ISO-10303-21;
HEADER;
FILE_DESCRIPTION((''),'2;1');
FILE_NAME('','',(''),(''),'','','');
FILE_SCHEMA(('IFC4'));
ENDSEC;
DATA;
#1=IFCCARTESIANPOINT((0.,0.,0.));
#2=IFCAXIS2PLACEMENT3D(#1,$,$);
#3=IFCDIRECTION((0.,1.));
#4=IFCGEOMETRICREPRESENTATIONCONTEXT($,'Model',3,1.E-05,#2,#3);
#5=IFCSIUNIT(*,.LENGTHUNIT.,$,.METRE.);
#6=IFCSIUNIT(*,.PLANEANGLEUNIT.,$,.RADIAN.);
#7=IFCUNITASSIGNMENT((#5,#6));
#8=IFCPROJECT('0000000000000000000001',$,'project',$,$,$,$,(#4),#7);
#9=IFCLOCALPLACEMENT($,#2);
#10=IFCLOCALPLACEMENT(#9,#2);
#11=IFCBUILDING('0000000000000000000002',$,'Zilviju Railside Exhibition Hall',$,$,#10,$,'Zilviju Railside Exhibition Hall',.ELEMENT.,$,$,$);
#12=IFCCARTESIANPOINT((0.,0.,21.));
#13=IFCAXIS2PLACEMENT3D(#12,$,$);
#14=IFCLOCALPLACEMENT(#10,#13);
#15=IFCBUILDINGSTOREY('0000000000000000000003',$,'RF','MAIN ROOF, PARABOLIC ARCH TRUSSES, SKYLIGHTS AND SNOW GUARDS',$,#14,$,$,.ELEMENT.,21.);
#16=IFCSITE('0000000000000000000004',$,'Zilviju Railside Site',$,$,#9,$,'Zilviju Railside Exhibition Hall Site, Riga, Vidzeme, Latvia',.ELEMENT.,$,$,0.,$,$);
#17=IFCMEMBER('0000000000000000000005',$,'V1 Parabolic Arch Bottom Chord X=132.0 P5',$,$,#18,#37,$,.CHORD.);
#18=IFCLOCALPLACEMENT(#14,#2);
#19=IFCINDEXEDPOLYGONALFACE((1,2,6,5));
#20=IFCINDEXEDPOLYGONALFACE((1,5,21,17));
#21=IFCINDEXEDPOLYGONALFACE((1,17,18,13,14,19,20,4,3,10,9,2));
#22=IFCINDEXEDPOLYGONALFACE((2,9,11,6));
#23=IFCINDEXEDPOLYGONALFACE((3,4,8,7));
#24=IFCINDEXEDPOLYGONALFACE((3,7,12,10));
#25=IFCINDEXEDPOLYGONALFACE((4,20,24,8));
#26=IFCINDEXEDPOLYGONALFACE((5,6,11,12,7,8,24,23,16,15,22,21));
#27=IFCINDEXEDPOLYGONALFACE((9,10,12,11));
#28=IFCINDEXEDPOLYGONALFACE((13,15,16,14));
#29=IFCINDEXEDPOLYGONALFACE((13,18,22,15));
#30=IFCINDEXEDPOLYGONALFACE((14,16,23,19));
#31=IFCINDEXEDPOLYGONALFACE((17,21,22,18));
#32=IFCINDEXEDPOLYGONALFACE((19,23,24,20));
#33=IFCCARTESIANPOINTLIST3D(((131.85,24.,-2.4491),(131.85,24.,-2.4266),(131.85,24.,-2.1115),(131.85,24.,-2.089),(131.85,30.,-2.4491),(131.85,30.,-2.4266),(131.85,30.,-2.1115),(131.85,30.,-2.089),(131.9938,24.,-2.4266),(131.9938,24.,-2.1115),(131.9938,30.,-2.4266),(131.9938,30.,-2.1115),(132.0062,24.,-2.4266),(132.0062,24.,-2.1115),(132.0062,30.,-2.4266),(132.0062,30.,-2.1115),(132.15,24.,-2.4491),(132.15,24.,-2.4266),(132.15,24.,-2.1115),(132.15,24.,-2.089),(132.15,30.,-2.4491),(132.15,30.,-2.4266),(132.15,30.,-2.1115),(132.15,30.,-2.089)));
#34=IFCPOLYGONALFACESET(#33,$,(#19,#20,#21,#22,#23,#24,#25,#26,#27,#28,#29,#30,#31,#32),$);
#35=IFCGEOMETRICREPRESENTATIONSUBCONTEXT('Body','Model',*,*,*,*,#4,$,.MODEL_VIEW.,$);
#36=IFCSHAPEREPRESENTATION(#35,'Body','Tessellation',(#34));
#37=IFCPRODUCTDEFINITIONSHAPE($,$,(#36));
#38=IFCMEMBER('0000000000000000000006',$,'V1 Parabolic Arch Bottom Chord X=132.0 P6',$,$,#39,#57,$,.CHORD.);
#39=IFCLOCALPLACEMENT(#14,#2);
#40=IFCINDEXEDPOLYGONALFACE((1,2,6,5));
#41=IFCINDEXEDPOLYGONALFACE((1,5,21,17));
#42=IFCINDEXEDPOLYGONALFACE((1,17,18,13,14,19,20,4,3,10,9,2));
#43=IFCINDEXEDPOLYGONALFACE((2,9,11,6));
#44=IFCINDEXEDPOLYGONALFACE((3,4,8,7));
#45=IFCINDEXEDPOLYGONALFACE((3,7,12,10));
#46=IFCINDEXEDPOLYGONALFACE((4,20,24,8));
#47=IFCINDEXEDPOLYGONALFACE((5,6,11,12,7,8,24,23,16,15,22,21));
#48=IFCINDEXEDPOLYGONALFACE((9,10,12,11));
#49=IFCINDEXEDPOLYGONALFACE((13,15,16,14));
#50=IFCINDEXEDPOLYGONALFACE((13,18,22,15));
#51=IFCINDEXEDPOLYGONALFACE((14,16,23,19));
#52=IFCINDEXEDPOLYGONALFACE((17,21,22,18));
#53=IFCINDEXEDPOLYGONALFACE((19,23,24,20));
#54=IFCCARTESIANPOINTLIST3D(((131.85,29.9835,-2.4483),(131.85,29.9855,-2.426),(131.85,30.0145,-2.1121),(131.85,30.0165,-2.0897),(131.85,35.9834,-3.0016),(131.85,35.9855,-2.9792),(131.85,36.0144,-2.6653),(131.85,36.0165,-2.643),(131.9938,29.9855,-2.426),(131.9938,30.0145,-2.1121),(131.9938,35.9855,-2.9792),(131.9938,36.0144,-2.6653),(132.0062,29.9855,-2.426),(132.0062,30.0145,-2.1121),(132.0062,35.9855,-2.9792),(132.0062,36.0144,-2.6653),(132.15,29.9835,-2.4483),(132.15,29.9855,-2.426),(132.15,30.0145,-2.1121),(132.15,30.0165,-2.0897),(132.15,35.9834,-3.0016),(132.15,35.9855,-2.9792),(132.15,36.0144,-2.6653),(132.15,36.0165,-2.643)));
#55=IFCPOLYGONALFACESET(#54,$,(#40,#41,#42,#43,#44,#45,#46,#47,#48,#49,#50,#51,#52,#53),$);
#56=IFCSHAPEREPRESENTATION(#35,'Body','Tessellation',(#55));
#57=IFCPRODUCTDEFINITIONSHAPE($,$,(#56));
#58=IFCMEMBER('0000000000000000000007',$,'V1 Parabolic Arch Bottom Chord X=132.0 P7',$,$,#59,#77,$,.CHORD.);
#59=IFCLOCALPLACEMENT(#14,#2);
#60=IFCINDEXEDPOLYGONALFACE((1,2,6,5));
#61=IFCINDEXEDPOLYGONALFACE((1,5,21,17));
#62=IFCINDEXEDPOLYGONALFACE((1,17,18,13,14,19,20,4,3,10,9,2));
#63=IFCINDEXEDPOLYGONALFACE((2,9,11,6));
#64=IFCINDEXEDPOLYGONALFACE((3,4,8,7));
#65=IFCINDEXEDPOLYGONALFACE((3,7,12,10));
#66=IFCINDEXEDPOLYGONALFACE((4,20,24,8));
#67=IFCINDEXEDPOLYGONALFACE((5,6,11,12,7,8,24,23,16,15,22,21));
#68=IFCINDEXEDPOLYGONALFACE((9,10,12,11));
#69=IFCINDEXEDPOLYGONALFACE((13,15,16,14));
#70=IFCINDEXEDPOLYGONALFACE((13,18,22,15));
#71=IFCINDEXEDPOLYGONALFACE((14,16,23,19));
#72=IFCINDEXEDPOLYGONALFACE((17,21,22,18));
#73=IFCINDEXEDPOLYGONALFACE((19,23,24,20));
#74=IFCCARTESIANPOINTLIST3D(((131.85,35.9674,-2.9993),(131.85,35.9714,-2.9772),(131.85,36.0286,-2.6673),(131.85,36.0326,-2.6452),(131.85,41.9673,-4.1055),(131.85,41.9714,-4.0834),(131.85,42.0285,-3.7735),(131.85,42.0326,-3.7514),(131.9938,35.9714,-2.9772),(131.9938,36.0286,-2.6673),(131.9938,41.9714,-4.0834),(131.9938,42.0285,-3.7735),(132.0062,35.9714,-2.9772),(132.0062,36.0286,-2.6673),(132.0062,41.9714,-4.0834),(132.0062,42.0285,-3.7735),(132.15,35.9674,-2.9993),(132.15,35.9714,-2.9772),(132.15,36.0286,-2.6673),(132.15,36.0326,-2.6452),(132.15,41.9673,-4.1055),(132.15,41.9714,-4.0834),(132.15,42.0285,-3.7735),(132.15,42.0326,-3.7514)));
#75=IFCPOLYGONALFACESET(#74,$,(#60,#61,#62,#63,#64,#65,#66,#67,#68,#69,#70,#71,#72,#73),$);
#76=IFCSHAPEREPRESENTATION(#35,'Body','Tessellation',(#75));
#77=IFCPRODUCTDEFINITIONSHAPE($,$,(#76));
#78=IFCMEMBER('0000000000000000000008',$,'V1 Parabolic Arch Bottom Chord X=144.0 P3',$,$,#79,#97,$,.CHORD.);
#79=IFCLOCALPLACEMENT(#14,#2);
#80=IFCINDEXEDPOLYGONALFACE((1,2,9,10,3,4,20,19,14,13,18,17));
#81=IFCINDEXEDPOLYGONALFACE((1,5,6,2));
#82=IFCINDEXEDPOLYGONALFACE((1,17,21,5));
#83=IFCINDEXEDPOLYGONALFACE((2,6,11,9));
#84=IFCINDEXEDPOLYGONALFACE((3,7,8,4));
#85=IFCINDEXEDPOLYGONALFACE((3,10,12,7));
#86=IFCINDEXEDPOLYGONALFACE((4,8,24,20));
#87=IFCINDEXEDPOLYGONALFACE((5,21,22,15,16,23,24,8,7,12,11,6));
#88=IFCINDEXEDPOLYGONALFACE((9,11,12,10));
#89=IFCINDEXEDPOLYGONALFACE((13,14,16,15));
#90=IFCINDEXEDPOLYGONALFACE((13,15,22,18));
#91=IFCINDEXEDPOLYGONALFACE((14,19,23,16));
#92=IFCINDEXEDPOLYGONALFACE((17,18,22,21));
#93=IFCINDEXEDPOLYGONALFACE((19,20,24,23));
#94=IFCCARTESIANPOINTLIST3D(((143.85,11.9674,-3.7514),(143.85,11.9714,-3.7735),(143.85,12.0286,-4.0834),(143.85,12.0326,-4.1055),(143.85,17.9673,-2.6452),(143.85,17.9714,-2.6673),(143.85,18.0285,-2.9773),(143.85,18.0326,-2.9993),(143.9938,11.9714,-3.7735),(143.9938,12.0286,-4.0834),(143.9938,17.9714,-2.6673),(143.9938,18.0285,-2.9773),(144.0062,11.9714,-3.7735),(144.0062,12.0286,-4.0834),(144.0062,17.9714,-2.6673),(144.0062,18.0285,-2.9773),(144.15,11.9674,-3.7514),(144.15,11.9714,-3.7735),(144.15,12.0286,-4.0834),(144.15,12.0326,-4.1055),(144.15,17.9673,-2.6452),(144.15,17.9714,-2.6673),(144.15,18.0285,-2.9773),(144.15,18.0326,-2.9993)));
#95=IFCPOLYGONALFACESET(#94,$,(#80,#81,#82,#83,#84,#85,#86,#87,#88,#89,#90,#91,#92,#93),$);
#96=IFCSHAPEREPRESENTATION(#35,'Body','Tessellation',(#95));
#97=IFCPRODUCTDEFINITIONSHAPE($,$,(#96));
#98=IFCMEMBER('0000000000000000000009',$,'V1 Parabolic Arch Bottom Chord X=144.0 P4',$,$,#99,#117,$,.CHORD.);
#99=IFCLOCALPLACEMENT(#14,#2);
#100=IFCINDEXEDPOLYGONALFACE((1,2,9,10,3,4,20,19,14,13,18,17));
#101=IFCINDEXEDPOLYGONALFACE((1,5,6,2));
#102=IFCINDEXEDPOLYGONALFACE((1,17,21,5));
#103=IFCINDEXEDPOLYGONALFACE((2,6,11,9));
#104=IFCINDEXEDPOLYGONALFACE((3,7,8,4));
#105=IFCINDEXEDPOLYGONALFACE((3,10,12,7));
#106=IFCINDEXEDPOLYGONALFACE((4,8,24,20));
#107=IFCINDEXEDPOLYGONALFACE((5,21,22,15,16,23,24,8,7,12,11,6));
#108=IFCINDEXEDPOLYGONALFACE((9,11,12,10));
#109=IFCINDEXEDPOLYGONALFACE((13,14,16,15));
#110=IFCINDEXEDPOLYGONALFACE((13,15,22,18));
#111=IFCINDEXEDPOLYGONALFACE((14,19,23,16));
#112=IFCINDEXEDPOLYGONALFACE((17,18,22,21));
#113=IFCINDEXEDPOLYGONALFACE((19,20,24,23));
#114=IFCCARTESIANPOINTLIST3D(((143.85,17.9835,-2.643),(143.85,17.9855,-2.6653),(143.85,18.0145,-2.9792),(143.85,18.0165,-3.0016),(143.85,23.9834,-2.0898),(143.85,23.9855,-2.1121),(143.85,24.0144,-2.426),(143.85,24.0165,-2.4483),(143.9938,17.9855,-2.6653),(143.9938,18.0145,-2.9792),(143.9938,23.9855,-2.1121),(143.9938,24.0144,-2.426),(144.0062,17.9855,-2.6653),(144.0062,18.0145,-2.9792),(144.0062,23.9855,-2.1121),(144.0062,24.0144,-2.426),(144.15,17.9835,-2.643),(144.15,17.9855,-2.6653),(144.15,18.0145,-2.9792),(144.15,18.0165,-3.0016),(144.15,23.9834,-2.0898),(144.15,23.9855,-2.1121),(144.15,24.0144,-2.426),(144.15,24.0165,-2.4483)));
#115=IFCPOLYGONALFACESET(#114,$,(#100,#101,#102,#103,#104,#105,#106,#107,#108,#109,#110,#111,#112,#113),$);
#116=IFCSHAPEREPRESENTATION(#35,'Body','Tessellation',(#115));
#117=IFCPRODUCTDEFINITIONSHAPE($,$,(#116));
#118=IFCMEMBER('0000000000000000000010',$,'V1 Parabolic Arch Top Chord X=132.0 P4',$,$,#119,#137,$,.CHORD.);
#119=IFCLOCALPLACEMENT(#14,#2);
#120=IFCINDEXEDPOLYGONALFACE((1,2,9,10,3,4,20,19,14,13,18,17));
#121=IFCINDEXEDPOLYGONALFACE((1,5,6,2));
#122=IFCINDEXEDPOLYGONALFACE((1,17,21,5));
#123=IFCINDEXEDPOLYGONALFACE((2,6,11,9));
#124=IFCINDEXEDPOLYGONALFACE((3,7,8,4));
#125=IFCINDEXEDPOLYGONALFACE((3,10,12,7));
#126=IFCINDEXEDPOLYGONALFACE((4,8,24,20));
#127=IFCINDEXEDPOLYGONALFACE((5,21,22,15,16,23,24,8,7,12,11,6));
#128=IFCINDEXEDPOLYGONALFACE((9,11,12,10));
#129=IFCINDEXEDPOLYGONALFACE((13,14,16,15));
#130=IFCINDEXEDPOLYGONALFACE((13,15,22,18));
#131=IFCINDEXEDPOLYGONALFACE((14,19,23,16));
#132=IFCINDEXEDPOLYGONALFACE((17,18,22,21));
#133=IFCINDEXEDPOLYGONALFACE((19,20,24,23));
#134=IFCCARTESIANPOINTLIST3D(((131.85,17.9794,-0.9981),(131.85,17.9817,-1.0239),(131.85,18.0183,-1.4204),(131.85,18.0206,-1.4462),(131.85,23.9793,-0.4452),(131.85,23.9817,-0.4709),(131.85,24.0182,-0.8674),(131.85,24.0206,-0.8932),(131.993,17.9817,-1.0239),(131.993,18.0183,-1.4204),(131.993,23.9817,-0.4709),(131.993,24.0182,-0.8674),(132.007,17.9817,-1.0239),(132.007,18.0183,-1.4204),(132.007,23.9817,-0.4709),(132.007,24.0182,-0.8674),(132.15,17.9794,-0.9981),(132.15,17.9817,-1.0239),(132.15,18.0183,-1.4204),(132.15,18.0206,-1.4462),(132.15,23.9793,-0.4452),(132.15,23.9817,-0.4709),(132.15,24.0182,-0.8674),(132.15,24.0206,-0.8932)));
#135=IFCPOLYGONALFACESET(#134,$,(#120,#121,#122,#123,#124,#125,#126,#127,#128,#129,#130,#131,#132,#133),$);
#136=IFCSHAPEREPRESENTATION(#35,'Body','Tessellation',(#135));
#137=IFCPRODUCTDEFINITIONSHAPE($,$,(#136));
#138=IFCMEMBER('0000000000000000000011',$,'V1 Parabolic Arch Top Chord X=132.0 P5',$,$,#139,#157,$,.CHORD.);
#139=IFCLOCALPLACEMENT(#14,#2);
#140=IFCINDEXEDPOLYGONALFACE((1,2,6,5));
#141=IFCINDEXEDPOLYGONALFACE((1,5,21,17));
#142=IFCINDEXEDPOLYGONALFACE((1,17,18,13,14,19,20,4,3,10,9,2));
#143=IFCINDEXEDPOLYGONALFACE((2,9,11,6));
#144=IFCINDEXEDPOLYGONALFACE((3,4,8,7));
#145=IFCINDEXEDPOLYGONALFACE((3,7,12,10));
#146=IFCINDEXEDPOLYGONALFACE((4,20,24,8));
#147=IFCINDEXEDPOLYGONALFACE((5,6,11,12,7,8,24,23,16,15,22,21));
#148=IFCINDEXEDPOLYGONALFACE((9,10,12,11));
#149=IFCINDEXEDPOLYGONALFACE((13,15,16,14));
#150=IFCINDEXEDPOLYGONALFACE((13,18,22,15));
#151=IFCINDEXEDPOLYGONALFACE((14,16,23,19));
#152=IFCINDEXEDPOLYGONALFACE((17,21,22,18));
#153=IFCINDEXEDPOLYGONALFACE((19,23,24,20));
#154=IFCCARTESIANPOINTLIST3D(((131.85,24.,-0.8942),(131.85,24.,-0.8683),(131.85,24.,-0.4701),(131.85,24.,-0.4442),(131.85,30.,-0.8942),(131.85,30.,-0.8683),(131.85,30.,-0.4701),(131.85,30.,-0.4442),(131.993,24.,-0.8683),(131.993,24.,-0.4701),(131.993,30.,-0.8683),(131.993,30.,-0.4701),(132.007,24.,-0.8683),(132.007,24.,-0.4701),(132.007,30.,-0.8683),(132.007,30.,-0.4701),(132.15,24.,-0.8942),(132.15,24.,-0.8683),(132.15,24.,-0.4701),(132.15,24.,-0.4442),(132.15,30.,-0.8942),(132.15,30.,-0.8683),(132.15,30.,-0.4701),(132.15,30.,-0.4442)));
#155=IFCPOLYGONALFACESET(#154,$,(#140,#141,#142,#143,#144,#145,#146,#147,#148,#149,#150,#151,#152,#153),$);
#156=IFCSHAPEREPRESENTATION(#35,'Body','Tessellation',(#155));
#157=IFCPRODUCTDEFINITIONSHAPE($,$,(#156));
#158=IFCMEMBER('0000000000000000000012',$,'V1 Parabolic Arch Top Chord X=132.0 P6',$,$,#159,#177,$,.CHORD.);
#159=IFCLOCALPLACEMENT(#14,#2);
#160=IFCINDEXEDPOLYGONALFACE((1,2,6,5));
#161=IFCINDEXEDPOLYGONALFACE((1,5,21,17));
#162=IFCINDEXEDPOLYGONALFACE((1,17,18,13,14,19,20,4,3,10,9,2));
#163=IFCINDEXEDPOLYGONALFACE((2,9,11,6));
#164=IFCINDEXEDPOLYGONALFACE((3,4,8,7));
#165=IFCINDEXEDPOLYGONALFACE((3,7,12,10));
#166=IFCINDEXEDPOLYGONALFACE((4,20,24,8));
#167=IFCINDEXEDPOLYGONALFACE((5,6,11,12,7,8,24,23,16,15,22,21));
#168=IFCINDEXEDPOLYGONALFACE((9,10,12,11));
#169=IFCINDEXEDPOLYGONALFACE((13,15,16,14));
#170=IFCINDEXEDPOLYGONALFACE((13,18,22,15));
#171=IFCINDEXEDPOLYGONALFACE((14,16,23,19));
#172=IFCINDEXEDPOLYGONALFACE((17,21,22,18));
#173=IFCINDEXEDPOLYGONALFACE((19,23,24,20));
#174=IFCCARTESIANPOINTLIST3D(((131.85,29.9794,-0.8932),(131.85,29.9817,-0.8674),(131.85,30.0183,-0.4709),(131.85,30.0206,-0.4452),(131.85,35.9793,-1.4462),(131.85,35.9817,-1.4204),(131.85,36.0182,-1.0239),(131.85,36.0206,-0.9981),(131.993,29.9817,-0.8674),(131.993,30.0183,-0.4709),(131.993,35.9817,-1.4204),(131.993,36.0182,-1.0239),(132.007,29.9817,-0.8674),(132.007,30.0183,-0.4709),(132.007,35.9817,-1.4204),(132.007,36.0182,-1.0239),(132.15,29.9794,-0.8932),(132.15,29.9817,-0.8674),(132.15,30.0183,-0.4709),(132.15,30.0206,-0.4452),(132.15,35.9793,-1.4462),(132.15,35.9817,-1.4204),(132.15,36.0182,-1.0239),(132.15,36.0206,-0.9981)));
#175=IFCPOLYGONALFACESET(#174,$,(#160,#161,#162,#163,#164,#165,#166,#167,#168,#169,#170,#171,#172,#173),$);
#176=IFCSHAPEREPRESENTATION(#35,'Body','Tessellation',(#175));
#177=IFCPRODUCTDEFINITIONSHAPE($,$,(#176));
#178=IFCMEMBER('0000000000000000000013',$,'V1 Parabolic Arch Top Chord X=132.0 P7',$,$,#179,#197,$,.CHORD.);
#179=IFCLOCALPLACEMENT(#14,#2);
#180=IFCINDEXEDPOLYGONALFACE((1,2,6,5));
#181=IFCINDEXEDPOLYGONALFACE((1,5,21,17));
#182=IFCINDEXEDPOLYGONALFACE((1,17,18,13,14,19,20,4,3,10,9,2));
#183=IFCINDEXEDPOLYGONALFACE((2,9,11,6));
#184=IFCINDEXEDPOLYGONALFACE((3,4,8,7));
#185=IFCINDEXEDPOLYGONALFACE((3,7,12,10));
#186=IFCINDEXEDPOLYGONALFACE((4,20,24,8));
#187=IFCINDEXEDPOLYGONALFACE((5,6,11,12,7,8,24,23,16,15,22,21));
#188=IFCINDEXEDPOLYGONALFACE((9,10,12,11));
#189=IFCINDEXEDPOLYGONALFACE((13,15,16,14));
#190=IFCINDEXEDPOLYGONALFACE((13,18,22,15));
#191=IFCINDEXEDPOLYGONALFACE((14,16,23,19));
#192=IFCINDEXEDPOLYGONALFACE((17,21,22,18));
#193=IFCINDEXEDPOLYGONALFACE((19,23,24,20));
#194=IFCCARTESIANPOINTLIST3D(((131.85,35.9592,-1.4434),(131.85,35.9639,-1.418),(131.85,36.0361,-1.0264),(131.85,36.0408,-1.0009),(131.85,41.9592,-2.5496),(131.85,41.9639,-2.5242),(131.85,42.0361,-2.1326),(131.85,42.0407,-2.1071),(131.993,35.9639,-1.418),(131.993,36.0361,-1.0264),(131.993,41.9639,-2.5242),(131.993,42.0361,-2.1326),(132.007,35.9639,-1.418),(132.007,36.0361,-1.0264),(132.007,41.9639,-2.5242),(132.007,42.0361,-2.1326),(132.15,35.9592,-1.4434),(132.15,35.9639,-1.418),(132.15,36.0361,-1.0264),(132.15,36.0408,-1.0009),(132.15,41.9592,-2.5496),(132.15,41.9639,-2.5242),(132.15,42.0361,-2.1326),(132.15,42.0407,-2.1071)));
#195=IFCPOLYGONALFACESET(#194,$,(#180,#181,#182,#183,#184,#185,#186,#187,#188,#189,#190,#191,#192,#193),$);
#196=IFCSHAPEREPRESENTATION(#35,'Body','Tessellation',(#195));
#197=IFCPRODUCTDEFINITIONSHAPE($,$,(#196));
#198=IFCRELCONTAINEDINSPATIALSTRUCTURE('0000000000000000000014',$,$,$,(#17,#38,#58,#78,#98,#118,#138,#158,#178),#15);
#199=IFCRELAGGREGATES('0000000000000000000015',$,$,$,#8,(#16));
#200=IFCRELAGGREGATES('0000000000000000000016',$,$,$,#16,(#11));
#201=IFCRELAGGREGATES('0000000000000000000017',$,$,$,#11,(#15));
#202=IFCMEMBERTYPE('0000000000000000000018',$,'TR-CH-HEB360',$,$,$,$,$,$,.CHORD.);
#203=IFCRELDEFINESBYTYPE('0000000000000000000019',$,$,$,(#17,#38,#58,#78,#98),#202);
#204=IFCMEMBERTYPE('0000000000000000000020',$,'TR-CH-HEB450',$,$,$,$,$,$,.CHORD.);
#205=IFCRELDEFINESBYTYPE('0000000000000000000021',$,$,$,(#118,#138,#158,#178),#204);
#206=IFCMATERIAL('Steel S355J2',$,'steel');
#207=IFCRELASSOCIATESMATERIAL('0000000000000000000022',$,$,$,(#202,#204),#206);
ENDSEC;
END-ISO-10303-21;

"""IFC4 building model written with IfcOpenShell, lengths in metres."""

from ifc_helpers import new_model, si_unit, direction, frame, origin, origin_2d, place, context, subcontext, project, spatial, i_section, extrude, material, material_profile, profile_set, type_object, element, save


model = new_model("IFC4")

# Units and contexts
model_context = context("Model", 3, precision=1e-05, world=origin(), true_north=direction((0.0, 1.0)))
body_context = subcontext(model_context, "Body", "Model", "MODEL_VIEW")
ifc_project = project(units=[si_unit("LENGTHUNIT", "METRE"), si_unit("PLANEANGLEUNIT", "RADIAN")], contexts=[model_context])

# Site, building, storey
site_placement = place(None, origin())
site = spatial("IfcSite", under=ifc_project, at=site_placement, Name="Zilviju Railside Site", LongName="Zilviju Railside Exhibition Hall Site, Riga, Vidzeme, Latvia", CompositionType="ELEMENT", RefElevation=0.0)
building_placement = place(site_placement, origin())
building = spatial("IfcBuilding", under=site, at=building_placement, Name="Zilviju Railside Exhibition Hall", LongName="Zilviju Railside Exhibition Hall", CompositionType="ELEMENT")
storey_placement = place(building_placement, frame((0.0, 0.0, 21.0)))
storey = spatial("IfcBuildingStorey", under=building, at=storey_placement, Name="RF", Description="MAIN ROOF, PARABOLIC ARCH TRUSSES, SKYLIGHTS AND SNOW GUARDS", CompositionType="ELEMENT", Elevation=21.0)

# Members
ifc_material_1 = material(Name="Steel S355J2", Category="steel")
ifc_material_profile_1 = material_profile(ifc_material_1, i_section(OverallWidth=0.3, OverallDepth=0.3601, WebThickness=0.0125, FlangeThickness=0.0225, at=origin_2d()), Name="HEB 360")
ifc_profile_set_1 = profile_set([ifc_material_profile_1], Name="Steel S355J2")
member_type_1 = type_object("IfcMemberType", Name="TR-CH-HEB360", PredefinedType="CHORD", material=ifc_profile_set_1)
member_1_placement = place(storey_placement, frame((132.0, 24.0, -2.269), z_axis=(0.0, 1.0, 0.0), x_axis=(-1.0, 0.0, 0.0)))
element("IfcMember", 1, at=member_1_placement, inside=storey, type_object=member_type_1, Name="V1 Parabolic Arch Bottom Chord X=132.0 P5", PredefinedType="CHORD", context=body_context, shape_type="SweptSolid", body=[
    extrude(i_section(OverallWidth=0.3, OverallDepth=0.3601, WebThickness=0.0125, FlangeThickness=0.0225, at=origin_2d()), origin(), (0.0, 0.0, 1.0), 6.0),
])
member_2_placement = place(storey_placement, frame((132.0, 30.0, -2.269), z_axis=(0.0, 0.995776, -0.091814), x_axis=(-1.0, 0.0, 0.0)))
element("IfcMember", 2, at=member_2_placement, inside=storey, type_object=member_type_1, Name="V1 Parabolic Arch Bottom Chord X=132.0 P6", PredefinedType="CHORD", context=body_context, shape_type="SweptSolid", body=[
    extrude(i_section(OverallWidth=0.3, OverallDepth=0.3601, WebThickness=0.0125, FlangeThickness=0.0225, at=origin_2d()), origin(), (0.0, 0.0, 1.0), 6.0254),
])
for number, where, z_axis, x_axis, name in (
    (3, (132.0, 36.0, -2.8223), (0.0, 0.983426, -0.181311), (-1.0, 0.0, 0.0), "V1 Parabolic Arch Bottom Chord X=132.0 P7"),
    (4, (144.0, 12.0, -3.9285), (0.0, 0.983426, 0.181311), (-1.0, 0.0, 0.0), "V1 Parabolic Arch Bottom Chord X=144.0 P3"),
):
    element("IfcMember", number, at=place(storey_placement, frame(where, z_axis=z_axis, x_axis=x_axis)), inside=storey, type_object=member_type_1, Name=name, PredefinedType="CHORD", context=body_context, shape_type="SweptSolid", body=[
        extrude(i_section(OverallWidth=0.3, OverallDepth=0.3601, WebThickness=0.0125, FlangeThickness=0.0225, at=origin_2d()), origin(), (0.0, 0.0, 1.0), 6.1011),
    ])
member_3_placement = place(storey_placement, frame((144.0, 18.0, -2.8223), z_axis=(0.0, 0.995776, 0.091814), x_axis=(-1.0, 0.0, 0.0)))
element("IfcMember", 5, at=member_3_placement, inside=storey, type_object=member_type_1, Name="V1 Parabolic Arch Bottom Chord X=144.0 P4", PredefinedType="CHORD", context=body_context, shape_type="SweptSolid", body=[
    extrude(i_section(OverallWidth=0.3, OverallDepth=0.3601, WebThickness=0.0125, FlangeThickness=0.0225, at=origin_2d()), origin(), (0.0, 0.0, 1.0), 6.0254),
])
ifc_material_profile_2 = material_profile(ifc_material_1, i_section(OverallWidth=0.3, OverallDepth=0.45, WebThickness=0.0139, FlangeThickness=0.0259, at=origin_2d()), Name="HEB 450")
ifc_profile_set_2 = profile_set([ifc_material_profile_2], Name="Steel S355J2")
member_type_2 = type_object("IfcMemberType", Name="TR-CH-HEB450", PredefinedType="CHORD", material=ifc_profile_set_2)
member_4_placement = place(storey_placement, frame((132.0, 18.0, -1.2222), z_axis=(0.0, 0.99578, 0.091774), x_axis=(-1.0, 0.0, 0.0)))
element("IfcMember", 6, at=member_4_placement, inside=storey, type_object=member_type_2, Name="V1 Parabolic Arch Top Chord X=132.0 P4", PredefinedType="CHORD", context=body_context, shape_type="SweptSolid", body=[
    extrude(i_section(OverallWidth=0.3, OverallDepth=0.45, WebThickness=0.0139, FlangeThickness=0.0259, at=origin_2d()), origin(), (0.0, 0.0, 1.0), 6.0254),
])
member_5_placement = place(storey_placement, frame((132.0, 24.0, -0.6692), z_axis=(0.0, 1.0, 0.0), x_axis=(-1.0, 0.0, 0.0)))
element("IfcMember", 7, at=member_5_placement, inside=storey, type_object=member_type_2, Name="V1 Parabolic Arch Top Chord X=132.0 P5", PredefinedType="CHORD", context=body_context, shape_type="SweptSolid", body=[
    extrude(i_section(OverallWidth=0.3, OverallDepth=0.45, WebThickness=0.0139, FlangeThickness=0.0259, at=origin_2d()), origin(), (0.0, 0.0, 1.0), 6.0),
])
member_6_placement = place(storey_placement, frame((132.0, 30.0, -0.6692), z_axis=(0.0, 0.99578, -0.091774), x_axis=(-1.0, 0.0, 0.0)))
element("IfcMember", 8, at=member_6_placement, inside=storey, type_object=member_type_2, Name="V1 Parabolic Arch Top Chord X=132.0 P6", PredefinedType="CHORD", context=body_context, shape_type="SweptSolid", body=[
    extrude(i_section(OverallWidth=0.3, OverallDepth=0.45, WebThickness=0.0139, FlangeThickness=0.0259, at=origin_2d()), origin(), (0.0, 0.0, 1.0), 6.0254),
])
member_7_placement = place(storey_placement, frame((132.0, 36.0, -1.2222), z_axis=(0.0, 0.983426, -0.181311), x_axis=(-1.0, 0.0, 0.0)))
element("IfcMember", 9, at=member_7_placement, inside=storey, type_object=member_type_2, Name="V1 Parabolic Arch Top Chord X=132.0 P7", PredefinedType="CHORD", context=body_context, shape_type="SweptSolid", body=[
    extrude(i_section(OverallWidth=0.3, OverallDepth=0.45, WebThickness=0.0139, FlangeThickness=0.0259, at=origin_2d()), origin(), (0.0, 0.0, 1.0), 6.1011),
])

save(model, "model.ifc")
